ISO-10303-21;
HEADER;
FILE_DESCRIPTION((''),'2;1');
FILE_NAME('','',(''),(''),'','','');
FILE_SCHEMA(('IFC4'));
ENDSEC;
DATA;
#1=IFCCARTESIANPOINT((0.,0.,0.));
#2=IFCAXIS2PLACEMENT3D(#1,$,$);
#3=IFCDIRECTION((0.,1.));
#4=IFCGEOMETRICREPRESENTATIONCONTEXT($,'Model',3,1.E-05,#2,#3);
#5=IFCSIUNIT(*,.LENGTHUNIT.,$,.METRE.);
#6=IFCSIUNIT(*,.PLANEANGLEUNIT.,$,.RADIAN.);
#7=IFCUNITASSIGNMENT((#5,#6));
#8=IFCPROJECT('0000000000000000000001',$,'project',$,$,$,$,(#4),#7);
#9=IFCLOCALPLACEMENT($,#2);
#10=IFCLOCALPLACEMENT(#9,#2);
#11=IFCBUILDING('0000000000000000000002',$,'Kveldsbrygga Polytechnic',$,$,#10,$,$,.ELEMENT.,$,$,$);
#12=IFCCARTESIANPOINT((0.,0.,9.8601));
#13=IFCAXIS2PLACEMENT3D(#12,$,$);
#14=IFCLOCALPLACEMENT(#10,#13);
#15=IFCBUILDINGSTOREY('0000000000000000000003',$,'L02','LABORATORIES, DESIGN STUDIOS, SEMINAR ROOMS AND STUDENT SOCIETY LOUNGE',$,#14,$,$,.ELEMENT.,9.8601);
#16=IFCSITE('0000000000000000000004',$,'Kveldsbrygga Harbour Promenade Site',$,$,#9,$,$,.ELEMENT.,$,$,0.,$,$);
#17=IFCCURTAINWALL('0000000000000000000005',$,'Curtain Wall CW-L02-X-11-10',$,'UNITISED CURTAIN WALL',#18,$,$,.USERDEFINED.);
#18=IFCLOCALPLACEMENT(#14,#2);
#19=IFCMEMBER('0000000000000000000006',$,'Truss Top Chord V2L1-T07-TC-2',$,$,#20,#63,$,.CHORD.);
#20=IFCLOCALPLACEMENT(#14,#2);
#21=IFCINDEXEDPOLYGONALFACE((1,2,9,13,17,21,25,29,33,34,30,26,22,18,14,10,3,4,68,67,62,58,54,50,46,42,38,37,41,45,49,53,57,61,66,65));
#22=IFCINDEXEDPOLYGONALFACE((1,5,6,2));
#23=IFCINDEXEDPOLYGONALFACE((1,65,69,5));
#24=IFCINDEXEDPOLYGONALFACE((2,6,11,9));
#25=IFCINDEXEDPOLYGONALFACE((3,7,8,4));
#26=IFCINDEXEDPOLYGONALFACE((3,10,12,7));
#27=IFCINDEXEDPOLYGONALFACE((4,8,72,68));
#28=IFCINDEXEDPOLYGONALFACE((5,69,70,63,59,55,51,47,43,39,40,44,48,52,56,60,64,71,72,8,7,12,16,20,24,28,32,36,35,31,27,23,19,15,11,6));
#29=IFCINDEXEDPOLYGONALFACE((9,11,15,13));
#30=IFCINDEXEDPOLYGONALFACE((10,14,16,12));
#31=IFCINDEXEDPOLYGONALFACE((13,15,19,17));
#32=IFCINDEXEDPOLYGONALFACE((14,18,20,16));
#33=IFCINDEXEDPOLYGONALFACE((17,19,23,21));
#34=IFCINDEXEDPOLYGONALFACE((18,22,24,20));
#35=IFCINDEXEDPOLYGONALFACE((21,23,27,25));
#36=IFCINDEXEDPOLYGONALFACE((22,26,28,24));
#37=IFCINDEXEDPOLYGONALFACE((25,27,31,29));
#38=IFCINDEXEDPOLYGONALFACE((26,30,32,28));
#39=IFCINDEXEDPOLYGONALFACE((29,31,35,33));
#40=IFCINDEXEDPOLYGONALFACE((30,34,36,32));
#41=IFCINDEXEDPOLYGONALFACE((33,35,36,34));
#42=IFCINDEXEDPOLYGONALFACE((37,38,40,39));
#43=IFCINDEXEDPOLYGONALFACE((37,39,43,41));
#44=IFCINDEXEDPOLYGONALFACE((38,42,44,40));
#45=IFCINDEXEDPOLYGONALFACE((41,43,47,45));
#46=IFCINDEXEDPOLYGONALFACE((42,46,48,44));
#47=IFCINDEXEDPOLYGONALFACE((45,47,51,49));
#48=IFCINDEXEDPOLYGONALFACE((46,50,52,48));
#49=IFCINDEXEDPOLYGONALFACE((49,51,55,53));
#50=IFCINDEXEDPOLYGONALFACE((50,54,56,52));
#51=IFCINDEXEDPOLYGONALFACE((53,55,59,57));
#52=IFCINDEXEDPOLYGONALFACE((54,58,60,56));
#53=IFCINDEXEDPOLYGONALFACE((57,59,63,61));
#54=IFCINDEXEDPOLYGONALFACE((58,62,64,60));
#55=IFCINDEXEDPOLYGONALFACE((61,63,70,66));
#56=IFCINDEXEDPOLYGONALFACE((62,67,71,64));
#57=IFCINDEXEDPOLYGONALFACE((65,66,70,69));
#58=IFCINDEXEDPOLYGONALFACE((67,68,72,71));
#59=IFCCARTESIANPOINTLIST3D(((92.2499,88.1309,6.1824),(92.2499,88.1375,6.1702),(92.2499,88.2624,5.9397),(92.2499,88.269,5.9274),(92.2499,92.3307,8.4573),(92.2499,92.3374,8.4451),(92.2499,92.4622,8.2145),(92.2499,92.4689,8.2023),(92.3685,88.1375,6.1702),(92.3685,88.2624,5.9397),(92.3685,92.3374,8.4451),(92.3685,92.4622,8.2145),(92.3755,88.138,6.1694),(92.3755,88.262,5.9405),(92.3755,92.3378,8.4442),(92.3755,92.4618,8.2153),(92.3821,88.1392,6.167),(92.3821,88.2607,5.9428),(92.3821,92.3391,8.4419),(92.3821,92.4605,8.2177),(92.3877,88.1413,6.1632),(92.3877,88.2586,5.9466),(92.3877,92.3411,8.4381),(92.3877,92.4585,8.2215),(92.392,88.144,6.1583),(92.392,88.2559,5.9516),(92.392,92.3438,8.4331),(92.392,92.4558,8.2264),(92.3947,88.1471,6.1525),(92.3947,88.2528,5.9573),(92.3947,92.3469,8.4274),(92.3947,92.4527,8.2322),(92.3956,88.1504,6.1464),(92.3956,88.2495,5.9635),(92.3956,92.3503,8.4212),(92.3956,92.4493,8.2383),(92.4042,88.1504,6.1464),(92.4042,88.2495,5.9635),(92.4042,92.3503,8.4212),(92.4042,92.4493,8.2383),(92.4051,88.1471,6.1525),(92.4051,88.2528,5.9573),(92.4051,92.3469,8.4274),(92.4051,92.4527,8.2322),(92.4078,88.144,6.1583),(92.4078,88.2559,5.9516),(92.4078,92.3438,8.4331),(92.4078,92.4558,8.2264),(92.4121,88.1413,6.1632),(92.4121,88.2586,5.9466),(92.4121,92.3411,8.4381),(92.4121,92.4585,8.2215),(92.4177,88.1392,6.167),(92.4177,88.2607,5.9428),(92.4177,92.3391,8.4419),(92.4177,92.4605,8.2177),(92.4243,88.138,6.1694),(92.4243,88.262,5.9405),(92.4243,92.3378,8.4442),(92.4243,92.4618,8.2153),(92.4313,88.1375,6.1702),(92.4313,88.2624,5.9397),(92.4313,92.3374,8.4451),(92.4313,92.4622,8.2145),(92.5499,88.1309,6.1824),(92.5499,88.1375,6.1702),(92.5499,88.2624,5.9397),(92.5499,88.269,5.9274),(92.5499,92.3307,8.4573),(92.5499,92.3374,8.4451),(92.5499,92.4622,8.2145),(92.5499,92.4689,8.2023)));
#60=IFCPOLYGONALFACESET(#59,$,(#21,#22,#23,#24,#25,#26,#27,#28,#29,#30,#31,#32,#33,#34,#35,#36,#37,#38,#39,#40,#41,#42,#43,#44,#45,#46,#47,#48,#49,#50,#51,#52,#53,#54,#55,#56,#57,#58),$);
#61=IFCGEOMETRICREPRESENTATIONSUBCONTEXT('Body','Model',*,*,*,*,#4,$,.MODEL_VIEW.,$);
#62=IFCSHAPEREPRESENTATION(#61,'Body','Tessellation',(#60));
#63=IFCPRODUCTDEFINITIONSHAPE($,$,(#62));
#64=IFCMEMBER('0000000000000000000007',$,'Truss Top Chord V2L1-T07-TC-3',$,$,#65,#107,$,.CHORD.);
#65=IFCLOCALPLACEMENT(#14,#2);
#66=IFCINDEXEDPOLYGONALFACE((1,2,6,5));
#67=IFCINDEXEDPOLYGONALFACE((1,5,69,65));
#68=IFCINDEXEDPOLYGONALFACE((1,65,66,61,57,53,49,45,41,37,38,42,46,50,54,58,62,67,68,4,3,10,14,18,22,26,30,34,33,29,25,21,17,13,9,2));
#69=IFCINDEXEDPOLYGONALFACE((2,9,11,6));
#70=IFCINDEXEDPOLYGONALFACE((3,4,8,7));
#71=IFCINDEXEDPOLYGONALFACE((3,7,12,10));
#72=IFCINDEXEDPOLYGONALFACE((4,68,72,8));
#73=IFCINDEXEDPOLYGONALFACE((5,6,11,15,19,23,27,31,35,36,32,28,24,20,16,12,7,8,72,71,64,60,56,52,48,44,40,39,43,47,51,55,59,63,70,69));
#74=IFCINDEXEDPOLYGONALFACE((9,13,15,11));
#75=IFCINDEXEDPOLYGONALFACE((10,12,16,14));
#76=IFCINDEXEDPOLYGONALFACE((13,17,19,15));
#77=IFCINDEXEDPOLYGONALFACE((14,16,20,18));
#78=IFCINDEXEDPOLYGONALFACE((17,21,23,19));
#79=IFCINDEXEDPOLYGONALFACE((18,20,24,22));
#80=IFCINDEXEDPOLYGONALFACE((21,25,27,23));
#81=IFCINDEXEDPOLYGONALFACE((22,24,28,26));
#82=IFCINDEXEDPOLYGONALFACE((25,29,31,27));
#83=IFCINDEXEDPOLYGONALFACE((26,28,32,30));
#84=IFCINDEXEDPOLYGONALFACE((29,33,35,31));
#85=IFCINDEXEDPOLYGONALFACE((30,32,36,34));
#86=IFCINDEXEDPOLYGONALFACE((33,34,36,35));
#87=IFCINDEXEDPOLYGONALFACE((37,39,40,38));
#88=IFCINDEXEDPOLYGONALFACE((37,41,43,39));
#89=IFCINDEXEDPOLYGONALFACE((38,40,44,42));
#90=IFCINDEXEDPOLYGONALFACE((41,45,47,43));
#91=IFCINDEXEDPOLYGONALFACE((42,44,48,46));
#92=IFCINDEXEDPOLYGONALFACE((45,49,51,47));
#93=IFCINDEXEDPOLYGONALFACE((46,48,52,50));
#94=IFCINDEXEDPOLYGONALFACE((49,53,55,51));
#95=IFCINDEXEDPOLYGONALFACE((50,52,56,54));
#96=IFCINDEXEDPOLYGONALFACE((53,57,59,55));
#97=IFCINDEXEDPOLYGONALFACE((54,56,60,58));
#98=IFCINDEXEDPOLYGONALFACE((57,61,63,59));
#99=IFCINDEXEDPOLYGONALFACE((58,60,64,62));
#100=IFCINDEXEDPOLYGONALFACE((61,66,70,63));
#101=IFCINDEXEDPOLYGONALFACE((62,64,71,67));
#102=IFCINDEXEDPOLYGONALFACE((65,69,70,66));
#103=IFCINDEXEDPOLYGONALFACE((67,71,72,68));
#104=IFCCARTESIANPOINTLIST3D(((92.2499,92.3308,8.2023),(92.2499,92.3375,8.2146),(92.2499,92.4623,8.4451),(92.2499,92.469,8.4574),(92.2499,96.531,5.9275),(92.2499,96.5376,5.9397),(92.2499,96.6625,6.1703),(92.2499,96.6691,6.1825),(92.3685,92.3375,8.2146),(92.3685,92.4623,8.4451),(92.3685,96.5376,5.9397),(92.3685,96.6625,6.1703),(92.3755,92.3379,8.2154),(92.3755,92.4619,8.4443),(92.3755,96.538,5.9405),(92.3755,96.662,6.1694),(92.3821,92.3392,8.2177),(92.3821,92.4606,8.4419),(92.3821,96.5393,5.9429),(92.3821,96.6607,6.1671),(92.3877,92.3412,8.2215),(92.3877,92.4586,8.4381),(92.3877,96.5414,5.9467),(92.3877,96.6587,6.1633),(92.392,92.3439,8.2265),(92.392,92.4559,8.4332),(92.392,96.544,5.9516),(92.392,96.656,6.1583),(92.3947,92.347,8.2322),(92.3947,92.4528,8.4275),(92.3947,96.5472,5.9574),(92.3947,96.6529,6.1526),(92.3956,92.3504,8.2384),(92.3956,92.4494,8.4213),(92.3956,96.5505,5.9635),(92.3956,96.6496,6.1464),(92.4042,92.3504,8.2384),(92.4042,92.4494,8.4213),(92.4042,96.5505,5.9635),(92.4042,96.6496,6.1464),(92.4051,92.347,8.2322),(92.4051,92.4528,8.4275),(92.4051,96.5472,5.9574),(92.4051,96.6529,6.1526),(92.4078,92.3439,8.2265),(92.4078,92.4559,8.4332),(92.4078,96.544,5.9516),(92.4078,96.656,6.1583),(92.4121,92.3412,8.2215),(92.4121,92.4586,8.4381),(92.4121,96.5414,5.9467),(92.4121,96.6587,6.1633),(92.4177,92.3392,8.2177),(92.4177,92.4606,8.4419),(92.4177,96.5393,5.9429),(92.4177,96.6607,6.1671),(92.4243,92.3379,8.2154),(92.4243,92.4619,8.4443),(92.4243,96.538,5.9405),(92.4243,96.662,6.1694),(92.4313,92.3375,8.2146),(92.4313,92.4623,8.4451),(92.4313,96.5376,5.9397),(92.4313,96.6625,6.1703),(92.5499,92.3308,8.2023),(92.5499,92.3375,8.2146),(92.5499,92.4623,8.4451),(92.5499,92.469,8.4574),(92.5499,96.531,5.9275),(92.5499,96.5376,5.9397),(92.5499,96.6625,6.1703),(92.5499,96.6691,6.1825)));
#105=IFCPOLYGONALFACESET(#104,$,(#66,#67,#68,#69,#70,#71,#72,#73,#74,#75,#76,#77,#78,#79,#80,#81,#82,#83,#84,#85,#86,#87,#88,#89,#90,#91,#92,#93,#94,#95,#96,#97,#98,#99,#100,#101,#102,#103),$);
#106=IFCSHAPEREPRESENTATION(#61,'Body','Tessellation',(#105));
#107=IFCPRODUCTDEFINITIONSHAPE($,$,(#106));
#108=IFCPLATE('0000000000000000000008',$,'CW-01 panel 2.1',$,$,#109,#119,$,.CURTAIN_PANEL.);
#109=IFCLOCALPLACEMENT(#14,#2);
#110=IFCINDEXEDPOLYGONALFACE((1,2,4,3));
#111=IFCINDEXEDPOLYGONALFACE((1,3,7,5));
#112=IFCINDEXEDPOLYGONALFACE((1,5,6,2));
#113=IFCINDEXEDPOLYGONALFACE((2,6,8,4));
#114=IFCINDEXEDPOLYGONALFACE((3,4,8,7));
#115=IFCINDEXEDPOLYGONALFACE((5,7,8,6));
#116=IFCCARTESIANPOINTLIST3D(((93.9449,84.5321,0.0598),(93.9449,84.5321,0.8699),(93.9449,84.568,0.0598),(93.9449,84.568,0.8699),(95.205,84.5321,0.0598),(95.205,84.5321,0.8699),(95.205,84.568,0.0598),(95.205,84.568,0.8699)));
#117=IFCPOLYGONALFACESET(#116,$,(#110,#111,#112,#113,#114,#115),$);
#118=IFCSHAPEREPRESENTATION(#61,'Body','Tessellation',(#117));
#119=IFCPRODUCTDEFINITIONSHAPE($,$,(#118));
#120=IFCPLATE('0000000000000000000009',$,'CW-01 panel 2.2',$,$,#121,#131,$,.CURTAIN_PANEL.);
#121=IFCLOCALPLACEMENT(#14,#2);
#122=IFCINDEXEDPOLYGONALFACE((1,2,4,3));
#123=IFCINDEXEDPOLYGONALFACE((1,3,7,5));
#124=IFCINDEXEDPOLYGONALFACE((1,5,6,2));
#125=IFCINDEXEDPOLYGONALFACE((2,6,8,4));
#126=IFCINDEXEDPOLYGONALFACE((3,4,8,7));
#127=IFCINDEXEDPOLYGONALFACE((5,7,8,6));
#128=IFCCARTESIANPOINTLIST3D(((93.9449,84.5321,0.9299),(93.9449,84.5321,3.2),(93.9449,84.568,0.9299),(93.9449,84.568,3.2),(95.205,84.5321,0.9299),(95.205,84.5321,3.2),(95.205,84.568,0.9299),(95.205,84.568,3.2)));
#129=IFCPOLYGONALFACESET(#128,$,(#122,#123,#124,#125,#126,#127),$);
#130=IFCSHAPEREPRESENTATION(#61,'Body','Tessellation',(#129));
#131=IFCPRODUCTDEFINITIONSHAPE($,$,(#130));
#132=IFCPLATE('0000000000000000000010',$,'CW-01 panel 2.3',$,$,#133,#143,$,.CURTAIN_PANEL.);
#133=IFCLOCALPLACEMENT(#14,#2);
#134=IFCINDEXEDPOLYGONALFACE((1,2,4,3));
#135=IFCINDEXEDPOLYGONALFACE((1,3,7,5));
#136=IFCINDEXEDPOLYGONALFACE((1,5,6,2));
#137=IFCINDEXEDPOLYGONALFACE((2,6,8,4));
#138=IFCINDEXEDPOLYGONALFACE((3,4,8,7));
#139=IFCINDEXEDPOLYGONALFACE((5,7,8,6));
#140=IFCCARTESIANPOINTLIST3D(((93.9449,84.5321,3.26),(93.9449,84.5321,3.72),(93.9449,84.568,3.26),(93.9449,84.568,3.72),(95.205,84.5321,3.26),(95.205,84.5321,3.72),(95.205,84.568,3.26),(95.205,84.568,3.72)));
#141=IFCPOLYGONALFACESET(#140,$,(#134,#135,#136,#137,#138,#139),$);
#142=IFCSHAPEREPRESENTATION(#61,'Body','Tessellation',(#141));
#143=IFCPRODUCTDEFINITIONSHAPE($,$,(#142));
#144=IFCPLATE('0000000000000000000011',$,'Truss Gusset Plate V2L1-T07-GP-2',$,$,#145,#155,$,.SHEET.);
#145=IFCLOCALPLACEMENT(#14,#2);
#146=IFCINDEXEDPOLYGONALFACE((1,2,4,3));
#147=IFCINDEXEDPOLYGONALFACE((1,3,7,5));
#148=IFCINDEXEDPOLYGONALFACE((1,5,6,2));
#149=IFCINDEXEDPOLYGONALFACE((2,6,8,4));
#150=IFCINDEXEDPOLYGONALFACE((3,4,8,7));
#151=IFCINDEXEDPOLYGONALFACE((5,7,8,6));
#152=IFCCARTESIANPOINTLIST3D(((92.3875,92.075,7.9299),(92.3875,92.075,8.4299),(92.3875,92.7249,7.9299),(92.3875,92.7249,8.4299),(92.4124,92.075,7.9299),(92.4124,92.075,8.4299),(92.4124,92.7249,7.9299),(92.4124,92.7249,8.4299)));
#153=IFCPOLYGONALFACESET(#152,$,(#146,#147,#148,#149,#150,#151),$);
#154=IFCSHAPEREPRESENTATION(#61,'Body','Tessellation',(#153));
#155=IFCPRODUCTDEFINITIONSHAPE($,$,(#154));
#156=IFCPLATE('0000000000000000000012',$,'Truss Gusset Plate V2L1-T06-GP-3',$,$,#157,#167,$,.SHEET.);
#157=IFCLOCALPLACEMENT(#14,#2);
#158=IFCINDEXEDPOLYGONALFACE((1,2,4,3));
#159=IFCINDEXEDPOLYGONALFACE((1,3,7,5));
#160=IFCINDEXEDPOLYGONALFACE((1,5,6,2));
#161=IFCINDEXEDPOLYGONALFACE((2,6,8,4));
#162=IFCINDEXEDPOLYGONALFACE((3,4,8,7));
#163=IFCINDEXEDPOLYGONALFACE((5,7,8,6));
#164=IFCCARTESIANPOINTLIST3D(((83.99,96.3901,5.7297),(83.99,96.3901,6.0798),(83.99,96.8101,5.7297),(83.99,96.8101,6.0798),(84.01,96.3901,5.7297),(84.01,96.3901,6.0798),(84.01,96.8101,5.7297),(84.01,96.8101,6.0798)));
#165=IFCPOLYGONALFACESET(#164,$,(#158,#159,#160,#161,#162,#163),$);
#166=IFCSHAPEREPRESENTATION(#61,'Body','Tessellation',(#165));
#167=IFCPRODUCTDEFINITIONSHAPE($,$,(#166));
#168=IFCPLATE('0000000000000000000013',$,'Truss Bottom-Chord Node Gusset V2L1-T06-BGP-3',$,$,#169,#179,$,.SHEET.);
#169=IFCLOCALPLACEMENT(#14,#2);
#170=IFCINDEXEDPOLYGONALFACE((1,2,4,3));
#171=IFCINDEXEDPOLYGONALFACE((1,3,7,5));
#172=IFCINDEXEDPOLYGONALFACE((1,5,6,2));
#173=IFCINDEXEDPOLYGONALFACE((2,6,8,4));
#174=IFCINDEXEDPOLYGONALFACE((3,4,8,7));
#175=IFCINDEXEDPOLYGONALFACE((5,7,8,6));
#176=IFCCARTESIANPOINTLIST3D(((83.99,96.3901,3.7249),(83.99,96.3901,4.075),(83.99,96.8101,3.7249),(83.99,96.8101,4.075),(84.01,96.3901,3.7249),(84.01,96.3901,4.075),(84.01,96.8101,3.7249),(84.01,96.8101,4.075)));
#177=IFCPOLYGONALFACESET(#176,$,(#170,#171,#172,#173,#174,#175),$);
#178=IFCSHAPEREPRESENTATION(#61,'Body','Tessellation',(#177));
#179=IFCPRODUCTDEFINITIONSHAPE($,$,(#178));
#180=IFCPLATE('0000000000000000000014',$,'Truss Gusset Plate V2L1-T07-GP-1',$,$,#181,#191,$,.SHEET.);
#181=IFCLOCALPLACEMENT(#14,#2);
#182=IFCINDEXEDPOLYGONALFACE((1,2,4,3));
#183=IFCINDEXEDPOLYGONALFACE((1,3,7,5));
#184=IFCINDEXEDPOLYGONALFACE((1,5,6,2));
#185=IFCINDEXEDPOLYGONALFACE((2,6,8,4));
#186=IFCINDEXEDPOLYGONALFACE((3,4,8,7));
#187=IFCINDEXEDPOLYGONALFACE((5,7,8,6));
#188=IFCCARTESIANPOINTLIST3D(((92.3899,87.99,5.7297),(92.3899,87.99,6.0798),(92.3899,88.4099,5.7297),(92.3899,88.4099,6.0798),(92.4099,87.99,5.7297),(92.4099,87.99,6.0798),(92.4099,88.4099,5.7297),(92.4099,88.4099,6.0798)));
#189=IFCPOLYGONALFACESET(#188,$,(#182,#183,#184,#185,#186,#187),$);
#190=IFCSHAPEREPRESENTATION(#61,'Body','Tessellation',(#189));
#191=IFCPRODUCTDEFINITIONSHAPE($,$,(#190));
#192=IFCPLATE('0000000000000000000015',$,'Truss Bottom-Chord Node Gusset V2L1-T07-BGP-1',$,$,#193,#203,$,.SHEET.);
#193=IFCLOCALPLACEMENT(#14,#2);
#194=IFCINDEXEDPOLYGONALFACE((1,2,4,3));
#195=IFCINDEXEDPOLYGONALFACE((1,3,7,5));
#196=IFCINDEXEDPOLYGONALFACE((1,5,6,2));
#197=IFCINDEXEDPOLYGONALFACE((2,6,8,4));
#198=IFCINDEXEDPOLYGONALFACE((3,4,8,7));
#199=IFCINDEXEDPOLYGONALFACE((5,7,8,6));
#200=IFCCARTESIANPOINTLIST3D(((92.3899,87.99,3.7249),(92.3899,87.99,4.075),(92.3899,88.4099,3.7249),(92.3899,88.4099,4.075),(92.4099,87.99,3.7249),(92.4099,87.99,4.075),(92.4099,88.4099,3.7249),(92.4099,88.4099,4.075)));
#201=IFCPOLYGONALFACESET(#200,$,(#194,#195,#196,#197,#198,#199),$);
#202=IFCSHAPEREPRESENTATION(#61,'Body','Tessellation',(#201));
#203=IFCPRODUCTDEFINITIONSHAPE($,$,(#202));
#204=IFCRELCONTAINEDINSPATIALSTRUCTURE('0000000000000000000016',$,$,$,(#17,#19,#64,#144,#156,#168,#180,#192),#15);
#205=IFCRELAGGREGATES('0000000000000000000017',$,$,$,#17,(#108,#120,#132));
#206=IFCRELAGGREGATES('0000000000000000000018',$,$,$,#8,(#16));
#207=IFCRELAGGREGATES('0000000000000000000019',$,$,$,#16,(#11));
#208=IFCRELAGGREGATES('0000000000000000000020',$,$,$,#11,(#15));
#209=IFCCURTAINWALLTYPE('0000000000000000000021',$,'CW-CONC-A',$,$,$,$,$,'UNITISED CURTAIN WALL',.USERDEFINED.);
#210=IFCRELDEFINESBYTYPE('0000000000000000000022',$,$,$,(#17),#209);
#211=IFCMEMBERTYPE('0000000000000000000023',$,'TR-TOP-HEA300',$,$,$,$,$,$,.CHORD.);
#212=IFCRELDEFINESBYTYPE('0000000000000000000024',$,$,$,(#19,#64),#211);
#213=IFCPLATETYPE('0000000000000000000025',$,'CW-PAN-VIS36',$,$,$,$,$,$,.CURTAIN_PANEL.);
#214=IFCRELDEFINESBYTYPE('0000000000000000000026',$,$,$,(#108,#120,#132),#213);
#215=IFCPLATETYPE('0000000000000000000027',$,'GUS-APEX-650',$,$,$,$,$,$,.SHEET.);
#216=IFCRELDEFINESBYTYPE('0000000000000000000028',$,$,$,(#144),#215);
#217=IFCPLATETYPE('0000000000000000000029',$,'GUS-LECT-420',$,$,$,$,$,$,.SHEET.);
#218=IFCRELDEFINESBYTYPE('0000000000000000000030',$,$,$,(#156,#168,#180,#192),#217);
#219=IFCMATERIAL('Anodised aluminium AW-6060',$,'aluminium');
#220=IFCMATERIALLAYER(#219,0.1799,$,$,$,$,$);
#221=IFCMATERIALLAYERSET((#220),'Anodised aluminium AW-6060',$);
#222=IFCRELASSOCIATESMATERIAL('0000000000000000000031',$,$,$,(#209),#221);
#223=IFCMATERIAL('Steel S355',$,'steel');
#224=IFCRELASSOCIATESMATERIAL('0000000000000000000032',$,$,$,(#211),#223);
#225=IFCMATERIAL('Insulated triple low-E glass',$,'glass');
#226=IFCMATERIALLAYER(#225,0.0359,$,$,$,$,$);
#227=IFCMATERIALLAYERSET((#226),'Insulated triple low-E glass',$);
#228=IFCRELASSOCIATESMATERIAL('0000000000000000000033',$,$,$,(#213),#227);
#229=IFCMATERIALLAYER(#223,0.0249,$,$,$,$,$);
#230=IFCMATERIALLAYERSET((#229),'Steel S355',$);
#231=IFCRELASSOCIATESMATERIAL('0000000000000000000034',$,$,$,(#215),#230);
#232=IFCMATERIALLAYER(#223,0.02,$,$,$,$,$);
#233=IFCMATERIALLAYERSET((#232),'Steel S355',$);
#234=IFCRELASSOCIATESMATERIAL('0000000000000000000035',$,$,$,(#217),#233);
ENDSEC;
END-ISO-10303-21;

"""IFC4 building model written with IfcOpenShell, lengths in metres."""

from ifc_helpers import new_model, si_unit, direction, frame, origin, origin_2d, place, context, subcontext, project, spatial, rectangle, i_section, extrude, material, layer, layer_set, material_profile, profile_set, type_object, element, aggregate, save


model = new_model("IFC4")

# Units and contexts
model_context = context("Model", 3, precision=1e-05, world=origin(), true_north=direction((0.0, 1.0)))
body_context = subcontext(model_context, "Body", "Model", "MODEL_VIEW")
ifc_project = project(units=[si_unit("LENGTHUNIT", "METRE"), si_unit("PLANEANGLEUNIT", "RADIAN")], contexts=[model_context])

# Site, building, storey
site_placement = place(None, origin())
site = spatial("IfcSite", under=ifc_project, at=site_placement, Name="Kveldsbrygga Harbour Promenade Site", CompositionType="ELEMENT", RefElevation=0.0)
building_placement = place(site_placement, origin())
building = spatial("IfcBuilding", under=site, at=building_placement, Name="Kveldsbrygga Polytechnic", CompositionType="ELEMENT")
storey_placement = place(building_placement, frame((0.0, 0.0, 9.8601)))
storey = spatial("IfcBuildingStorey", under=building, at=storey_placement, Name="L02", Description="LABORATORIES, DESIGN STUDIOS, SEMINAR ROOMS AND STUDENT SOCIETY LOUNGE", CompositionType="ELEMENT", Elevation=9.8601)

# Curtain wall
ifc_material_1 = material(Name="Anodised aluminium AW-6060", Category="aluminium")
ifc_layer_1 = layer(ifc_material_1, 0.1799)
ifc_layer_set_1 = layer_set([ifc_layer_1], Name="Anodised aluminium AW-6060")
curtain_wall_type = type_object("IfcCurtainWallType", Name="CW-CONC-A", ElementType="UNITISED CURTAIN WALL", PredefinedType="USERDEFINED", material=ifc_layer_set_1)
curtain_wall_placement = place(storey_placement, origin())
curtain_wall = element("IfcCurtainWall", 1, at=curtain_wall_placement, inside=storey, type_object=curtain_wall_type, Name="Curtain Wall CW-L02-X-11-10", ObjectType="UNITISED CURTAIN WALL", PredefinedType="USERDEFINED")

# Members
ifc_material_2 = material(Name="Steel S355", Category="steel")
ifc_material_profile_1 = material_profile(ifc_material_2, i_section(OverallWidth=0.3, OverallDepth=0.29, WebThickness=0.0085, FlangeThickness=0.0139, FilletRadius=0.0271, at=origin_2d()), Name="HEA 300")
ifc_profile_set_1 = profile_set([ifc_material_profile_1], Name="Steel S355")
member_type_1 = type_object("IfcMemberType", Name="TR-TOP-HEA300", PredefinedType="CHORD", material=ifc_profile_set_1)
member_1_placement = place(storey_placement, frame((92.3999, 88.2, 6.0549), z_axis=(0.0, 0.879298, 0.476272), x_axis=(-1.0, 0.0, 0.0)))
element("IfcMember", 2, at=member_1_placement, inside=storey, type_object=member_type_1, Name="Truss Top Chord V2L1-T07-TC-2", PredefinedType="CHORD", context=body_context, shape_type="SweptSolid", body=[
    extrude(i_section(OverallWidth=0.3, OverallDepth=0.29, WebThickness=0.0085, FlangeThickness=0.0139, FilletRadius=0.0271, at=origin_2d()), origin(), (0.0, 0.0, 1.0), 4.7764),
])
member_2_placement = place(storey_placement, frame((92.3999, 92.3999, 8.3298), z_axis=(0.0, 0.87931, -0.47625), x_axis=(-1.0, 0.0, 0.0)))
element("IfcMember", 3, at=member_2_placement, inside=storey, type_object=member_type_1, Name="Truss Top Chord V2L1-T07-TC-3", PredefinedType="CHORD", context=body_context, shape_type="SweptSolid", body=[
    extrude(i_section(OverallWidth=0.3, OverallDepth=0.29, WebThickness=0.0085, FlangeThickness=0.0139, FilletRadius=0.0271, at=origin_2d()), origin(), (0.0, 0.0, 1.0), 4.7766),
])

# Plates
ifc_material_3 = material(Name="Insulated triple low-E glass", Category="glass")
ifc_layer_2 = layer(ifc_material_3, 0.0359)
ifc_layer_set_2 = layer_set([ifc_layer_2], Name="Insulated triple low-E glass")
plate_type_1 = type_object("IfcPlateType", Name="CW-PAN-VIS36", PredefinedType="CURTAIN_PANEL", material=ifc_layer_set_2)
plate_1_placement = place(storey_placement, frame((94.575, 84.55, 0.0598), z_axis=(0.0, 0.0, 1.0), x_axis=(1.0, 0.0, 0.0)))
plate_1 = element("IfcPlate", 4, at=plate_1_placement, type_object=plate_type_1, Name="CW-01 panel 2.1", PredefinedType="CURTAIN_PANEL", context=body_context, shape_type="SweptSolid", body=[
    extrude(rectangle(XDim=1.26, YDim=0.0359, at=origin_2d()), origin(), (0.0, 0.0, 1.0), 0.8101),
])
plate_2_placement = place(storey_placement, frame((94.575, 84.55, 0.9299), z_axis=(0.0, 0.0, 1.0), x_axis=(1.0, 0.0, 0.0)))
plate_2 = element("IfcPlate", 5, at=plate_2_placement, type_object=plate_type_1, Name="CW-01 panel 2.2", PredefinedType="CURTAIN_PANEL", context=body_context, shape_type="SweptSolid", body=[
    extrude(rectangle(XDim=1.26, YDim=0.0359, at=origin_2d()), origin(), (0.0, 0.0, 1.0), 2.27),
])
plate_3_placement = place(storey_placement, frame((94.575, 84.55, 3.26), z_axis=(0.0, 0.0, 1.0), x_axis=(1.0, 0.0, 0.0)))
plate_3 = element("IfcPlate", 6, at=plate_3_placement, type_object=plate_type_1, Name="CW-01 panel 2.3", PredefinedType="CURTAIN_PANEL", context=body_context, shape_type="SweptSolid", body=[
    extrude(rectangle(XDim=1.26, YDim=0.0359, at=origin_2d()), origin(), (0.0, 0.0, 1.0), 0.46),
])
aggregate(curtain_wall, [plate_1, plate_2, plate_3])

# Plates
ifc_layer_3 = layer(ifc_material_2, 0.0249)
ifc_layer_set_3 = layer_set([ifc_layer_3], Name="Steel S355")
plate_type_2 = type_object("IfcPlateType", Name="GUS-APEX-650", PredefinedType="SHEET", material=ifc_layer_set_3)
plate_4_placement = place(storey_placement, frame((92.3999, 92.3999, 7.9299), z_axis=(0.0, 0.0, 1.0), x_axis=(1.0, 0.0, 0.0)))
element("IfcPlate", 7, at=plate_4_placement, inside=storey, type_object=plate_type_2, Name="Truss Gusset Plate V2L1-T07-GP-2", PredefinedType="SHEET", context=body_context, shape_type="SweptSolid", body=[
    extrude(rectangle(XDim=0.0249, YDim=0.6499, at=origin_2d()), origin(), (0.0, 0.0, 1.0), 0.5),
])
ifc_layer_4 = layer(ifc_material_2, 0.02)
ifc_layer_set_4 = layer_set([ifc_layer_4], Name="Steel S355")
plate_type_3 = type_object("IfcPlateType", Name="GUS-LECT-420", PredefinedType="SHEET", material=ifc_layer_set_4)
for number, where, z_axis, x_axis, name in (
    (8, (84.0, 96.6001, 5.7297), (0.0, 0.0, 1.0), (1.0, 0.0, 0.0), "Truss Gusset Plate V2L1-T06-GP-3"),
    (9, (84.0, 96.6001, 3.7249), (0.0, 0.0, 1.0), (1.0, 0.0, 0.0), "Truss Bottom-Chord Node Gusset V2L1-T06-BGP-3"),
    (10, (92.3999, 88.2, 5.7297), (0.0, 0.0, 1.0), (1.0, 0.0, 0.0), "Truss Gusset Plate V2L1-T07-GP-1"),
    (11, (92.3999, 88.2, 3.7249), (0.0, 0.0, 1.0), (1.0, 0.0, 0.0), "Truss Bottom-Chord Node Gusset V2L1-T07-BGP-1"),
):
    element("IfcPlate", number, at=place(storey_placement, frame(where, z_axis=z_axis, x_axis=x_axis)), inside=storey, type_object=plate_type_3, Name=name, PredefinedType="SHEET", context=body_context, shape_type="SweptSolid", body=[
        extrude(rectangle(XDim=0.02, YDim=0.4199, at=origin_2d()), origin(), (0.0, 0.0, 1.0), 0.3501),
    ])

save(model, "model.ifc")
